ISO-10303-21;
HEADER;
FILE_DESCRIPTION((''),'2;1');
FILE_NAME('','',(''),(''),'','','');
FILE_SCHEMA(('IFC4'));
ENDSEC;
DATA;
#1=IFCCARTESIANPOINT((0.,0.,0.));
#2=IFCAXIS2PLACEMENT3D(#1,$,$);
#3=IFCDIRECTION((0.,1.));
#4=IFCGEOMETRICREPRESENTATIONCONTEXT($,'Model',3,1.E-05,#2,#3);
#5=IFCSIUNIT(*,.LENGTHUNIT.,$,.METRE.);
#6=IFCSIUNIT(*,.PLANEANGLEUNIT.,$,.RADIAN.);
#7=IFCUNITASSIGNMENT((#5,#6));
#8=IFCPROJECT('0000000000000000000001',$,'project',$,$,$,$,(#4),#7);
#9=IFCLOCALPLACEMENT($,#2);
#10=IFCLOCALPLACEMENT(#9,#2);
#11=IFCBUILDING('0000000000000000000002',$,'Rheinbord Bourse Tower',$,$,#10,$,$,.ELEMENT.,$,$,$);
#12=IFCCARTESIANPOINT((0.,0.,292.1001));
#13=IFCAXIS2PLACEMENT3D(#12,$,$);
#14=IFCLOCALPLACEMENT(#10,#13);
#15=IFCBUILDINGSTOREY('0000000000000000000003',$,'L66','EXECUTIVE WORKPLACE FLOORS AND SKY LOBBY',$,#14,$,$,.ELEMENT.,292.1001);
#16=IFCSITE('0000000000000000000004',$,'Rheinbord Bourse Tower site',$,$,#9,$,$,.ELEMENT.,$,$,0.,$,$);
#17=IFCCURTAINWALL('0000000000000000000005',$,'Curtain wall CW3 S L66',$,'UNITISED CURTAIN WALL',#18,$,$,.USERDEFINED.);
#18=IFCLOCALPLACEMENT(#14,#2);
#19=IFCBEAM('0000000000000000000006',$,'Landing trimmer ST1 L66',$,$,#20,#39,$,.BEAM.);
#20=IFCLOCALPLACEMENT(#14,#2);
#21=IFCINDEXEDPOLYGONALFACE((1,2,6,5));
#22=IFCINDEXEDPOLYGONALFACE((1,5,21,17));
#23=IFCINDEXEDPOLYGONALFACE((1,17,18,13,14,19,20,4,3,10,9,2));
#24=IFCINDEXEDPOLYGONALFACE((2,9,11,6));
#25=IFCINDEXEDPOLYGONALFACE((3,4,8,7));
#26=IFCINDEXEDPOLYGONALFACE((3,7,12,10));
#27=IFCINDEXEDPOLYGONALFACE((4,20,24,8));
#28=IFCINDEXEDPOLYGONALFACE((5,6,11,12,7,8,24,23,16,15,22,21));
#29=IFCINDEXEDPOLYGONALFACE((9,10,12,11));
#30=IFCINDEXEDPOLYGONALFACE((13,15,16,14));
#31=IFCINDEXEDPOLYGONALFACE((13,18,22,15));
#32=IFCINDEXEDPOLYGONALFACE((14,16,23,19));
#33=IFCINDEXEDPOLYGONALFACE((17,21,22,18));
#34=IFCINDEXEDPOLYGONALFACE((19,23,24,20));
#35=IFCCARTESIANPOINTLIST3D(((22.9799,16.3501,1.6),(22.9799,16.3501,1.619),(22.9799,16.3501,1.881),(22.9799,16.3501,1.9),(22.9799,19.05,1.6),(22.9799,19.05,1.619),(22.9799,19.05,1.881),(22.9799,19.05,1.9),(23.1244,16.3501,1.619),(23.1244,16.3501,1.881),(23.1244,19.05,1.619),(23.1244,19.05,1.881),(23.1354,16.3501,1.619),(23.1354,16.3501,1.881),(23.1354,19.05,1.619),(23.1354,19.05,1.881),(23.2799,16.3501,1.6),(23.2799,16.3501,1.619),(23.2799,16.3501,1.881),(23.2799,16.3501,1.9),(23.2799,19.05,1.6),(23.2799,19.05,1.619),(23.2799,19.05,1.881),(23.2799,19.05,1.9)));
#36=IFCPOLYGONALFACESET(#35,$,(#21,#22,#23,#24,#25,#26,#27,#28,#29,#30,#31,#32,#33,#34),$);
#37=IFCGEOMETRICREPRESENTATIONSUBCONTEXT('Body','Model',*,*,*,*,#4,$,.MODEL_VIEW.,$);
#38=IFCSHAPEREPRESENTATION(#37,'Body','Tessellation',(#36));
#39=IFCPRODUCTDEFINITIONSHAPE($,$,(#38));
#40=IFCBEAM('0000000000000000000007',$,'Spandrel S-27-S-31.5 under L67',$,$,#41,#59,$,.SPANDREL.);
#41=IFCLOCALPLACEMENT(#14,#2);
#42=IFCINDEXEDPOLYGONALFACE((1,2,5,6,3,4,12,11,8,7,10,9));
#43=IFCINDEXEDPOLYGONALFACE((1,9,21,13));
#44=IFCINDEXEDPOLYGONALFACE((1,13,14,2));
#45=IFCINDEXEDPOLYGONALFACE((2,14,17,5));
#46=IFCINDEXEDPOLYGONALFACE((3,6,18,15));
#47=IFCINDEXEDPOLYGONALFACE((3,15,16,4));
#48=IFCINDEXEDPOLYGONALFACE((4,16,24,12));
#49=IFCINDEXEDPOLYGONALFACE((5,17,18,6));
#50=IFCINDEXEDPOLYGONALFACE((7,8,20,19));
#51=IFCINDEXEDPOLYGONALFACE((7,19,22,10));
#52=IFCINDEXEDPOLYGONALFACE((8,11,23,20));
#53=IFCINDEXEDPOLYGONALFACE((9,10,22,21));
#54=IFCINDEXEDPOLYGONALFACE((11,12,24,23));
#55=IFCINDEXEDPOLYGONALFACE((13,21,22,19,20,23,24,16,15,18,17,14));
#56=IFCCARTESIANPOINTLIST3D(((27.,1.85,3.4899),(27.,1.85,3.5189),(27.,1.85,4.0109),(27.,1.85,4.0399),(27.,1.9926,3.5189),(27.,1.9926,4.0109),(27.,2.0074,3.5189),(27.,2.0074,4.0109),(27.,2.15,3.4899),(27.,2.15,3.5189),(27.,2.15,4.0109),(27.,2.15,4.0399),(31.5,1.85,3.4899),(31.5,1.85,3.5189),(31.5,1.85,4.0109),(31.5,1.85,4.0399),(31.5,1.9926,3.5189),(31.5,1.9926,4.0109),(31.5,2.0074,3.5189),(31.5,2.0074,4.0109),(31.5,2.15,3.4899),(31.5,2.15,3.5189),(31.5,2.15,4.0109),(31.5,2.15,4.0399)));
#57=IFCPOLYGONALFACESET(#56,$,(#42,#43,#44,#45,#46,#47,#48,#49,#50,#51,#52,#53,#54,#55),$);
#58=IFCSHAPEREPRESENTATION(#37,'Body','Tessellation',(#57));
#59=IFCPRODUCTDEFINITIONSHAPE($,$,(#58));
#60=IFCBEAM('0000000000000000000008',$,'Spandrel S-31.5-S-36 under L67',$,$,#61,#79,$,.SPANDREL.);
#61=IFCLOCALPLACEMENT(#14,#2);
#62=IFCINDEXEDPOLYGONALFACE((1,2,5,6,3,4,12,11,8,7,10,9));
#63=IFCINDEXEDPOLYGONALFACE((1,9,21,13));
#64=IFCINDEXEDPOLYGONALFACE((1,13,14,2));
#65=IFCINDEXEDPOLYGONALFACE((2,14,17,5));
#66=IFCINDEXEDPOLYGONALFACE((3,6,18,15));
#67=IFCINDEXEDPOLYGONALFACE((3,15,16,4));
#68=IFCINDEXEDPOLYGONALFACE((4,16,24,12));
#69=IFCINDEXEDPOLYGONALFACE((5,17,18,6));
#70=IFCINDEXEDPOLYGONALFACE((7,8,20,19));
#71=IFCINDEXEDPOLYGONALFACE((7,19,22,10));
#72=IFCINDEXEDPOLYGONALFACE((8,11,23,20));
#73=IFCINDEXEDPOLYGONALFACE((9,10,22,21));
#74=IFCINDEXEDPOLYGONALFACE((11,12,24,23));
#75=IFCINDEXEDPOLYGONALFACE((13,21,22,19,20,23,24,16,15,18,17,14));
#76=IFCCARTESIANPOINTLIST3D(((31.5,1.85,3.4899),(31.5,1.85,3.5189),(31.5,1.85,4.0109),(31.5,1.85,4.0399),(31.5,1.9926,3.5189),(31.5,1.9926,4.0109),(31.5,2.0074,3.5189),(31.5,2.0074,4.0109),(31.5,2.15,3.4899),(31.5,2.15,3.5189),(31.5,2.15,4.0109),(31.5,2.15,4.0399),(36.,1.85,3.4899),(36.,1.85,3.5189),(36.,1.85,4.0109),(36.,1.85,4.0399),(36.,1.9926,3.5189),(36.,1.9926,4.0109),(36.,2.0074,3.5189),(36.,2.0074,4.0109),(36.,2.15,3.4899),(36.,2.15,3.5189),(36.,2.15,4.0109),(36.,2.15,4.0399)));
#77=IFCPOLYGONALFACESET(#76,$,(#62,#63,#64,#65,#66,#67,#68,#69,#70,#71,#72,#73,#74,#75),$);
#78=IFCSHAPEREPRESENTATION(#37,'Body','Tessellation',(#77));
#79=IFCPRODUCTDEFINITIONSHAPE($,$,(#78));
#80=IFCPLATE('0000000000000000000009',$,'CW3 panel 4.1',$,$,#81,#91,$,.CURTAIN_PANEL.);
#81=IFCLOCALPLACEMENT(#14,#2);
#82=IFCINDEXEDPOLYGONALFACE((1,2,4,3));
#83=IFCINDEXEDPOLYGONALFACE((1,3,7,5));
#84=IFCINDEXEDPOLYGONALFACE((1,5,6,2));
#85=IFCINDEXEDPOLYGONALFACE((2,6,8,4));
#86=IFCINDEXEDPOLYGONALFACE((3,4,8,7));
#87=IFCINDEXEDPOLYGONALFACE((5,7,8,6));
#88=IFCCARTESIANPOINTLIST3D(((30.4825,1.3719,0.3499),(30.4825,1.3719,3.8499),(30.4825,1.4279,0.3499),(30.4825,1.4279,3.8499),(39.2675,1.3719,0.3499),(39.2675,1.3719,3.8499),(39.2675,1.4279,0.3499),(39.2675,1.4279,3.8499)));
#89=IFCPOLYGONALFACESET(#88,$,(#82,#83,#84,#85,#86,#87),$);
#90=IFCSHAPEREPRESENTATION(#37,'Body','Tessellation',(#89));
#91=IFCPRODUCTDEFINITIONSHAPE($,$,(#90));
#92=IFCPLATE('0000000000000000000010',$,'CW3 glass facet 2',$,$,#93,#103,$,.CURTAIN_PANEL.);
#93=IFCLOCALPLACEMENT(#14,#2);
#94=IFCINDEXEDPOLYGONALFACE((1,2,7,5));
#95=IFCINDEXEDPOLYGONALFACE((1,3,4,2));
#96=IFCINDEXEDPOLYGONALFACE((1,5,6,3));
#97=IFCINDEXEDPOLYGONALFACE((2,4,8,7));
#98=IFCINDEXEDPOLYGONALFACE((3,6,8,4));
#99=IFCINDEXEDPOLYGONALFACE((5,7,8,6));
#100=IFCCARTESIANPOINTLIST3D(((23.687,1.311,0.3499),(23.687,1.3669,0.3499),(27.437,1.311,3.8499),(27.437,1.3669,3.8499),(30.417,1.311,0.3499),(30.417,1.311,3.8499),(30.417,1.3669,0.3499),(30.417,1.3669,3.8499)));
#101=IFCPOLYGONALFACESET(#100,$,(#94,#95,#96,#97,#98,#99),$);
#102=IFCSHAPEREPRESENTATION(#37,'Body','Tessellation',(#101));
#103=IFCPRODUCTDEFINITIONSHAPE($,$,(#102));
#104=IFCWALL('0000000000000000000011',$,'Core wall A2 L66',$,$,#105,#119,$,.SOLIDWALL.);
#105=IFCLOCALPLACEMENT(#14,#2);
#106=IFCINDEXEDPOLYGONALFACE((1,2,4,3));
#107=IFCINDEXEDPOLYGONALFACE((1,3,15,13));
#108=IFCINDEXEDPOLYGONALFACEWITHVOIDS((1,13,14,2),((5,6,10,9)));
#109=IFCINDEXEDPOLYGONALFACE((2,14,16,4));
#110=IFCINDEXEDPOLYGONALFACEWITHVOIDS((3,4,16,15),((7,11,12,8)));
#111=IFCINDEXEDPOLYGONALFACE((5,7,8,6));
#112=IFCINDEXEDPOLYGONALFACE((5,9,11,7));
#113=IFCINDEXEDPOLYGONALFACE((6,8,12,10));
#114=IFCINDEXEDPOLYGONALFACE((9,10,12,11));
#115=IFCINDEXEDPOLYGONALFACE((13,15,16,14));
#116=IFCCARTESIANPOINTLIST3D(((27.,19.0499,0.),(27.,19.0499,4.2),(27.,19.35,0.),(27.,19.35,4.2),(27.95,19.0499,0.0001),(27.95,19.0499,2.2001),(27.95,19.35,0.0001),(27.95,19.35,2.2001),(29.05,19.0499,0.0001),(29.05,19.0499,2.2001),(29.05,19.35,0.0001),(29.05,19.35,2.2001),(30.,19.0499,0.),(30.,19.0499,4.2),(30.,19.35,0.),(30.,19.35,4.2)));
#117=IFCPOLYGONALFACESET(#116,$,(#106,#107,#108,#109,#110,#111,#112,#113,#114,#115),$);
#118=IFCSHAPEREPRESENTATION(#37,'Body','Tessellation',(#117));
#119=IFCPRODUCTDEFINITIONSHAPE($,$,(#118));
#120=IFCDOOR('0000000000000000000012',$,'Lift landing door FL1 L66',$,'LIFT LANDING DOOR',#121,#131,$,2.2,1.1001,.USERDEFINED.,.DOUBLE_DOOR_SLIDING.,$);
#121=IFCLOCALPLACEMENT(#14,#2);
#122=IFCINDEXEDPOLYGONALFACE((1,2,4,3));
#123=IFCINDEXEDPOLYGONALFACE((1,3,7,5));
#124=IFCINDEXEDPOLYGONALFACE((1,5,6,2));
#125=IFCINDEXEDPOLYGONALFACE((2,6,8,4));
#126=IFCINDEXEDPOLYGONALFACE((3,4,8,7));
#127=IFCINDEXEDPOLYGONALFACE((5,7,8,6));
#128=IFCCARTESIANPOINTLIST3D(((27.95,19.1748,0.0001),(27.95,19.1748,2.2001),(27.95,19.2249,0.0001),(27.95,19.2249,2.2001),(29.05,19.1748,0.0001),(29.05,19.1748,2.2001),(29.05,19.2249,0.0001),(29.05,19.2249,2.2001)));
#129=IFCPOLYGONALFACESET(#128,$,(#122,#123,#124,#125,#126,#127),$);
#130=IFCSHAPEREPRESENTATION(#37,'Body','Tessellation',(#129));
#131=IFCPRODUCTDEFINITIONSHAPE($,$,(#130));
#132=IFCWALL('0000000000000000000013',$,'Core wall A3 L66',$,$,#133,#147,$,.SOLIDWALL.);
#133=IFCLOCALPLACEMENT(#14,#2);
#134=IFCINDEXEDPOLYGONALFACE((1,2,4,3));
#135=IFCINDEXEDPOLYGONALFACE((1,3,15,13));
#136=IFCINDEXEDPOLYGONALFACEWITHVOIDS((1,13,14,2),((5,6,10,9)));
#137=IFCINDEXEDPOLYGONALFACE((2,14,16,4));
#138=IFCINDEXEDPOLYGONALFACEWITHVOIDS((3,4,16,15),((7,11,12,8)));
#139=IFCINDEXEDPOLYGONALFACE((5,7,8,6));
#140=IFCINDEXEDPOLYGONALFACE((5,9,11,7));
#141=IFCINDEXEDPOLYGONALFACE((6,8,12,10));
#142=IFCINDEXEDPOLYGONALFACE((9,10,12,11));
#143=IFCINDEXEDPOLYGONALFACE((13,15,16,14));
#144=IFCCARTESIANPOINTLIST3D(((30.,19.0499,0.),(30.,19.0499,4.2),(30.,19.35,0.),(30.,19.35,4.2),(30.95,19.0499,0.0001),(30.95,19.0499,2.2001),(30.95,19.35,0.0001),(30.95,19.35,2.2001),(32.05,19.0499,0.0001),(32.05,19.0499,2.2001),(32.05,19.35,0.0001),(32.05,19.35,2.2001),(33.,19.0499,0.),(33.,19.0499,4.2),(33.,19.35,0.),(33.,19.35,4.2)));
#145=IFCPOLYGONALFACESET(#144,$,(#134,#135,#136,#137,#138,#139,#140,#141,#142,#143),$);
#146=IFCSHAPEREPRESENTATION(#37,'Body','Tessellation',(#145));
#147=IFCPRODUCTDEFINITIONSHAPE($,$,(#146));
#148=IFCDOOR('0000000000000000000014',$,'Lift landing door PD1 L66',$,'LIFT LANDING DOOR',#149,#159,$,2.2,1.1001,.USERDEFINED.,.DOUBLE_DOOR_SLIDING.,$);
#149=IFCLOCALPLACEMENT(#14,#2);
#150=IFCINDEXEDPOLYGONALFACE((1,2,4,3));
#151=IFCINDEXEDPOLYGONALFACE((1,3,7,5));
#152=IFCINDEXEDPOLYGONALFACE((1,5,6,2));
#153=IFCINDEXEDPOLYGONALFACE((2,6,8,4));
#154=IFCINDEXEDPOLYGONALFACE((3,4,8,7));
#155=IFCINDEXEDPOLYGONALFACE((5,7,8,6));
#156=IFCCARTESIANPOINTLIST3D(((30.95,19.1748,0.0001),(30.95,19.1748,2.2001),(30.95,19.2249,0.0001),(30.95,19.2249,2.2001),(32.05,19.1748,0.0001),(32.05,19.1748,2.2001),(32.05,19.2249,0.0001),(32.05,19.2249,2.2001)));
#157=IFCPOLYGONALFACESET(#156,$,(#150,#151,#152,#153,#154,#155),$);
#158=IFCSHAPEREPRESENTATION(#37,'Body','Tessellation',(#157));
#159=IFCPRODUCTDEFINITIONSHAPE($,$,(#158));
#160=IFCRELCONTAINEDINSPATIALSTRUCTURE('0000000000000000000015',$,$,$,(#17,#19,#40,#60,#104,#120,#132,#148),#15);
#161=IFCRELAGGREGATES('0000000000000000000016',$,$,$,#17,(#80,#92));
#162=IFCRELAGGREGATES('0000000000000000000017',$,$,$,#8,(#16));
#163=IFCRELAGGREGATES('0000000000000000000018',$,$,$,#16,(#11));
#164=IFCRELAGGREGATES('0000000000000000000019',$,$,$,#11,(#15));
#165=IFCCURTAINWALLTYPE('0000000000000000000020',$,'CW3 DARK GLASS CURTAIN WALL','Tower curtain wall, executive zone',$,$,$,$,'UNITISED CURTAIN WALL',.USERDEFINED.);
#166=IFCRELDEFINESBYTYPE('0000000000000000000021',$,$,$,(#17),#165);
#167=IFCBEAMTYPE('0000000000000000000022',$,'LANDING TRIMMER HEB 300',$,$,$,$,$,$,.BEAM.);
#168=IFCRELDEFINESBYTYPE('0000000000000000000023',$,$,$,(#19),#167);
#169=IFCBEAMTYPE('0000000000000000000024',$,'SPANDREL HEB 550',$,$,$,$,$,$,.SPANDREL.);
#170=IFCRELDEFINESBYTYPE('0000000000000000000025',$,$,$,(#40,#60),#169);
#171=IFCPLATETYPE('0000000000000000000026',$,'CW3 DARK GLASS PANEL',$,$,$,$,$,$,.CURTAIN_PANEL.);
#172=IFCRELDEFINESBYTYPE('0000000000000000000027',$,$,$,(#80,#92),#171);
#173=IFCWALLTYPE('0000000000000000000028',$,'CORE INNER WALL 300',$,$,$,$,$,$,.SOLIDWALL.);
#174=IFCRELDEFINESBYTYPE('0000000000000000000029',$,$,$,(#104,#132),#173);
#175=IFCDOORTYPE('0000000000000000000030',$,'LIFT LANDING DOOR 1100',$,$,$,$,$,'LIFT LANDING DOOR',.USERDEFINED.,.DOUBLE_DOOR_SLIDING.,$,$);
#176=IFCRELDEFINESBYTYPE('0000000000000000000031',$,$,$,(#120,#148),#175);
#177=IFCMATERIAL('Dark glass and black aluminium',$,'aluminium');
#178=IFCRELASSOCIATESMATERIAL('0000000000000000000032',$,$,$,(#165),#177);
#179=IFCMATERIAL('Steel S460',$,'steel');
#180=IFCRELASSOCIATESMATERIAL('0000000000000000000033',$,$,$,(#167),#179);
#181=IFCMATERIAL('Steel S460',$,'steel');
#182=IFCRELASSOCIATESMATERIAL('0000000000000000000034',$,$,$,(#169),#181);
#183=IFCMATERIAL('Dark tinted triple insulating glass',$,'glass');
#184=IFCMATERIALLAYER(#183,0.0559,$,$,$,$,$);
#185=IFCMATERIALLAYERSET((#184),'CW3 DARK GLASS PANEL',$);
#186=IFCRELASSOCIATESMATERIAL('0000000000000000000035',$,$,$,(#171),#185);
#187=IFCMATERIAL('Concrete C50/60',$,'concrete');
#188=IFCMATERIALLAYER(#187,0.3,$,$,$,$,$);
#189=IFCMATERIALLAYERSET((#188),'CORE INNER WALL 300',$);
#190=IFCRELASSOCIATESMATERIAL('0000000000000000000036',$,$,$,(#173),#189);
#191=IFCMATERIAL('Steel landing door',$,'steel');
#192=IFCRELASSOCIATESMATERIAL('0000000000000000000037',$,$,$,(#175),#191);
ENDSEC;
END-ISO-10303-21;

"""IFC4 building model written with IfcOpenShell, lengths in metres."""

from ifc_helpers import new_model, si_unit, direction, frame, frame_2d, origin, origin_2d, place, context, subcontext, project, spatial, polyline, rectangle, i_section, outline, extrude, material, layer, layer_set, material_profile, profile_set, type_object, element, fill, aggregate, save


model = new_model("IFC4")

# Units and contexts
model_context = context("Model", 3, precision=1e-05, world=origin(), true_north=direction((0.0, 1.0)))
body_context = subcontext(model_context, "Body", "Model", "MODEL_VIEW")
ifc_project = project(units=[si_unit("LENGTHUNIT", "METRE"), si_unit("PLANEANGLEUNIT", "RADIAN")], contexts=[model_context])

# Site, building, storey
site_placement = place(None, origin())
site = spatial("IfcSite", under=ifc_project, at=site_placement, Name="Rheinbord Bourse Tower site", CompositionType="ELEMENT", RefElevation=0.0)
building_placement = place(site_placement, origin())
building = spatial("IfcBuilding", under=site, at=building_placement, Name="Rheinbord Bourse Tower", CompositionType="ELEMENT")
storey_placement = place(building_placement, frame((0.0, 0.0, 292.1001)))
storey = spatial("IfcBuildingStorey", under=building, at=storey_placement, Name="L66", Description="EXECUTIVE WORKPLACE FLOORS AND SKY LOBBY", CompositionType="ELEMENT", Elevation=292.1001)

# Curtain wall
ifc_material_1 = material(Name="Dark glass and black aluminium", Category="aluminium")
curtain_wall_type = type_object("IfcCurtainWallType", Name="CW3 DARK GLASS CURTAIN WALL", Description="Tower curtain wall, executive zone", ElementType="UNITISED CURTAIN WALL", PredefinedType="USERDEFINED", material=ifc_material_1)
curtain_wall_placement = place(storey_placement, origin())
curtain_wall = element("IfcCurtainWall", 1, at=curtain_wall_placement, inside=storey, type_object=curtain_wall_type, Name="Curtain wall CW3 S L66", ObjectType="UNITISED CURTAIN WALL", PredefinedType="USERDEFINED")

# Beams
ifc_material_2 = material(Name="Steel S460", Category="steel")
ifc_material_profile_1 = material_profile(ifc_material_2, i_section(OverallWidth=0.3, OverallDepth=0.3, WebThickness=0.011, FlangeThickness=0.019, at=origin_2d()), Name="HEB 300")
ifc_profile_set_1 = profile_set([ifc_material_profile_1], Name="Steel S460")
beam_type_1 = type_object("IfcBeamType", Name="LANDING TRIMMER HEB 300", PredefinedType="BEAM", material=ifc_profile_set_1)
beam_placement = place(storey_placement, frame((23.1299, 16.3501, 1.75), z_axis=(0.0, 1.0, 0.0), x_axis=(-1.0, 0.0, 0.0)))
element("IfcBeam", 2, at=beam_placement, inside=storey, type_object=beam_type_1, Name="Landing trimmer ST1 L66", PredefinedType="BEAM", context=body_context, shape_type="SweptSolid", body=[
    extrude(i_section(OverallWidth=0.3, OverallDepth=0.3, WebThickness=0.011, FlangeThickness=0.019, at=origin_2d()), origin(), (0.0, 0.0, 1.0), 2.7),
])
ifc_material_3 = material(Name="Steel S460", Category="steel")
ifc_material_profile_2 = material_profile(ifc_material_3, i_section(OverallWidth=0.3, OverallDepth=0.55, WebThickness=0.0149, FlangeThickness=0.0291, at=origin_2d()), Name="HEB 550")
ifc_profile_set_2 = profile_set([ifc_material_profile_2], Name="Steel S460")
beam_type_2 = type_object("IfcBeamType", Name="SPANDREL HEB 550", PredefinedType="SPANDREL", material=ifc_profile_set_2)
for number, where, z_axis, x_axis, name in (
    (3, (27.0, 2.0, 3.7649), (1.0, 0.0, 0.0), (0.0, 1.0, 0.0), "Spandrel S-27-S-31.5 under L67"),
    (4, (31.5, 2.0, 3.7649), (1.0, 0.0, 0.0), (0.0, 1.0, 0.0), "Spandrel S-31.5-S-36 under L67"),
):
    element("IfcBeam", number, at=place(storey_placement, frame(where, z_axis=z_axis, x_axis=x_axis)), inside=storey, type_object=beam_type_2, Name=name, PredefinedType="SPANDREL", context=body_context, shape_type="SweptSolid", body=[
        extrude(i_section(OverallWidth=0.3, OverallDepth=0.55, WebThickness=0.0149, FlangeThickness=0.0291, at=origin_2d()), origin(), (0.0, 0.0, 1.0), 4.5),
    ])

# Plates
ifc_material_4 = material(Name="Dark tinted triple insulating glass", Category="glass")
ifc_layer_1 = layer(ifc_material_4, 0.0559)
ifc_layer_set_1 = layer_set([ifc_layer_1], Name="CW3 DARK GLASS PANEL")
plate_type = type_object("IfcPlateType", Name="CW3 DARK GLASS PANEL", PredefinedType="CURTAIN_PANEL", material=ifc_layer_set_1)
plate_1_placement = place(storey_placement, frame((34.875, 1.3999, 0.3499), z_axis=(0.0, 0.0, 1.0), x_axis=(1.0, 0.0, 0.0)))
plate_1 = element("IfcPlate", 5, at=plate_1_placement, type_object=plate_type, Name="CW3 panel 4.1", PredefinedType="CURTAIN_PANEL", context=body_context, shape_type="SweptSolid", body=[
    extrude(rectangle(XDim=8.7849, YDim=0.0559, at=origin_2d()), origin(), (0.0, 0.0, 1.0), 3.5),
])
plate_2_placement = place(storey_placement, frame((30.417, 1.311, 3.8499), z_axis=(0.0, 1.0, 0.0), x_axis=(0.0, 0.0, -1.0)))
plate_2 = element("IfcPlate", 6, at=plate_2_placement, type_object=plate_type, Name="CW3 glass facet 2", PredefinedType="CURTAIN_PANEL", context=body_context, shape_type="SweptSolid", body=[
    extrude(outline(polyline([(0.0, 0.0), (3.5, 0.0), (3.5, 6.73), (0.0, 2.98), (0.0, 0.0)])), origin(), (0.0, 0.0, 1.0), 0.0559),
])
aggregate(curtain_wall, [plate_1, plate_2])

# Walls, openings, doors
ifc_material_5 = material(Name="Concrete C50/60", Category="concrete")
ifc_layer_2 = layer(ifc_material_5, 0.3)
ifc_layer_set_2 = layer_set([ifc_layer_2], Name="CORE INNER WALL 300")
wall_type_1 = type_object("IfcWallType", Name="CORE INNER WALL 300", PredefinedType="SOLIDWALL", material=ifc_layer_set_2)
wall_1_placement = place(storey_placement, frame((27.0, 19.2, 0.0), z_axis=(0.0, 0.0, 1.0), x_axis=(1.0, 0.0, 0.0)))
wall_1 = element("IfcWall", 7, at=wall_1_placement, inside=storey, type_object=wall_type_1, Name="Core wall A2 L66", PredefinedType="SOLIDWALL", context=body_context, shape_type="SweptSolid", body=[
    extrude(rectangle(XDim=3.0, YDim=0.3, at=frame_2d((1.5, 0.0))), origin(), (0.0, 0.0, 1.0), 4.2),
])
opening_1_placement = place(wall_1_placement, frame((0.95, 0.0, 0.0)))
opening_1 = element("IfcOpeningElement", 8, at=opening_1_placement, cuts=wall_1, PredefinedType="OPENING", context=body_context, shape_type="SweptSolid", body=[
    extrude(rectangle(XDim=1.1001, YDim=2.2, at=frame_2d((0.55, 1.1001))), frame((0.0, 0.1599, 0.0), z_axis=(0.0, -1.0, 0.0), x_axis=(1.0, 0.0, 0.0)), (0.0, 0.0, 1.0), 0.3201),
])
ifc_material_6 = material(Name="Steel landing door", Category="steel")
door_type_1 = type_object("IfcDoorType", Name="LIFT LANDING DOOR 1100", ElementType="LIFT LANDING DOOR", OperationType="DOUBLE_DOOR_SLIDING", PredefinedType="USERDEFINED", material=ifc_material_6)
door_1_placement = place(opening_1_placement, origin())
door_1 = element("IfcDoor", 9, at=door_1_placement, inside=storey, type_object=door_type_1, Name="Lift landing door FL1 L66", ObjectType="LIFT LANDING DOOR", OperationType="DOUBLE_DOOR_SLIDING", OverallHeight=2.2, OverallWidth=1.1001, PredefinedType="USERDEFINED", context=body_context, shape_type="SweptSolid", body=[
    extrude(rectangle(XDim=1.1001, YDim=2.2, at=frame_2d((0.55, 1.1001))), frame((0.0, 0.0249, 0.0), z_axis=(0.0, -1.0, 0.0), x_axis=(1.0, 0.0, 0.0)), (0.0, 0.0, 1.0), 0.05),
])
fill(opening_1, door_1)
wall_2_placement = place(storey_placement, frame((30.0, 19.2, 0.0), z_axis=(0.0, 0.0, 1.0), x_axis=(1.0, 0.0, 0.0)))
wall_2 = element("IfcWall", 10, at=wall_2_placement, inside=storey, type_object=wall_type_1, Name="Core wall A3 L66", PredefinedType="SOLIDWALL", context=body_context, shape_type="SweptSolid", body=[
    extrude(rectangle(XDim=3.0, YDim=0.3, at=frame_2d((1.5, 0.0))), origin(), (0.0, 0.0, 1.0), 4.2),
])
opening_2_placement = place(wall_2_placement, frame((0.95, 0.0, 0.0)))
opening_2 = element("IfcOpeningElement", 11, at=opening_2_placement, cuts=wall_2, PredefinedType="OPENING", context=body_context, shape_type="SweptSolid", body=[
    extrude(rectangle(XDim=1.1001, YDim=2.2, at=frame_2d((0.55, 1.1001))), frame((0.0, 0.1599, 0.0), z_axis=(0.0, -1.0, 0.0), x_axis=(1.0, 0.0, 0.0)), (0.0, 0.0, 1.0), 0.3201),
])
door_2_placement = place(opening_2_placement, origin())
door_2 = element("IfcDoor", 12, at=door_2_placement, inside=storey, type_object=door_type_1, Name="Lift landing door PD1 L66", ObjectType="LIFT LANDING DOOR", OperationType="DOUBLE_DOOR_SLIDING", OverallHeight=2.2, OverallWidth=1.1001, PredefinedType="USERDEFINED", context=body_context, shape_type="SweptSolid", body=[
    extrude(rectangle(XDim=1.1001, YDim=2.2, at=frame_2d((0.55, 1.1001))), frame((0.0, 0.0249, 0.0), z_axis=(0.0, -1.0, 0.0), x_axis=(1.0, 0.0, 0.0)), (0.0, 0.0, 1.0), 0.05),
])
fill(opening_2, door_2)

save(model, "model.ifc")
